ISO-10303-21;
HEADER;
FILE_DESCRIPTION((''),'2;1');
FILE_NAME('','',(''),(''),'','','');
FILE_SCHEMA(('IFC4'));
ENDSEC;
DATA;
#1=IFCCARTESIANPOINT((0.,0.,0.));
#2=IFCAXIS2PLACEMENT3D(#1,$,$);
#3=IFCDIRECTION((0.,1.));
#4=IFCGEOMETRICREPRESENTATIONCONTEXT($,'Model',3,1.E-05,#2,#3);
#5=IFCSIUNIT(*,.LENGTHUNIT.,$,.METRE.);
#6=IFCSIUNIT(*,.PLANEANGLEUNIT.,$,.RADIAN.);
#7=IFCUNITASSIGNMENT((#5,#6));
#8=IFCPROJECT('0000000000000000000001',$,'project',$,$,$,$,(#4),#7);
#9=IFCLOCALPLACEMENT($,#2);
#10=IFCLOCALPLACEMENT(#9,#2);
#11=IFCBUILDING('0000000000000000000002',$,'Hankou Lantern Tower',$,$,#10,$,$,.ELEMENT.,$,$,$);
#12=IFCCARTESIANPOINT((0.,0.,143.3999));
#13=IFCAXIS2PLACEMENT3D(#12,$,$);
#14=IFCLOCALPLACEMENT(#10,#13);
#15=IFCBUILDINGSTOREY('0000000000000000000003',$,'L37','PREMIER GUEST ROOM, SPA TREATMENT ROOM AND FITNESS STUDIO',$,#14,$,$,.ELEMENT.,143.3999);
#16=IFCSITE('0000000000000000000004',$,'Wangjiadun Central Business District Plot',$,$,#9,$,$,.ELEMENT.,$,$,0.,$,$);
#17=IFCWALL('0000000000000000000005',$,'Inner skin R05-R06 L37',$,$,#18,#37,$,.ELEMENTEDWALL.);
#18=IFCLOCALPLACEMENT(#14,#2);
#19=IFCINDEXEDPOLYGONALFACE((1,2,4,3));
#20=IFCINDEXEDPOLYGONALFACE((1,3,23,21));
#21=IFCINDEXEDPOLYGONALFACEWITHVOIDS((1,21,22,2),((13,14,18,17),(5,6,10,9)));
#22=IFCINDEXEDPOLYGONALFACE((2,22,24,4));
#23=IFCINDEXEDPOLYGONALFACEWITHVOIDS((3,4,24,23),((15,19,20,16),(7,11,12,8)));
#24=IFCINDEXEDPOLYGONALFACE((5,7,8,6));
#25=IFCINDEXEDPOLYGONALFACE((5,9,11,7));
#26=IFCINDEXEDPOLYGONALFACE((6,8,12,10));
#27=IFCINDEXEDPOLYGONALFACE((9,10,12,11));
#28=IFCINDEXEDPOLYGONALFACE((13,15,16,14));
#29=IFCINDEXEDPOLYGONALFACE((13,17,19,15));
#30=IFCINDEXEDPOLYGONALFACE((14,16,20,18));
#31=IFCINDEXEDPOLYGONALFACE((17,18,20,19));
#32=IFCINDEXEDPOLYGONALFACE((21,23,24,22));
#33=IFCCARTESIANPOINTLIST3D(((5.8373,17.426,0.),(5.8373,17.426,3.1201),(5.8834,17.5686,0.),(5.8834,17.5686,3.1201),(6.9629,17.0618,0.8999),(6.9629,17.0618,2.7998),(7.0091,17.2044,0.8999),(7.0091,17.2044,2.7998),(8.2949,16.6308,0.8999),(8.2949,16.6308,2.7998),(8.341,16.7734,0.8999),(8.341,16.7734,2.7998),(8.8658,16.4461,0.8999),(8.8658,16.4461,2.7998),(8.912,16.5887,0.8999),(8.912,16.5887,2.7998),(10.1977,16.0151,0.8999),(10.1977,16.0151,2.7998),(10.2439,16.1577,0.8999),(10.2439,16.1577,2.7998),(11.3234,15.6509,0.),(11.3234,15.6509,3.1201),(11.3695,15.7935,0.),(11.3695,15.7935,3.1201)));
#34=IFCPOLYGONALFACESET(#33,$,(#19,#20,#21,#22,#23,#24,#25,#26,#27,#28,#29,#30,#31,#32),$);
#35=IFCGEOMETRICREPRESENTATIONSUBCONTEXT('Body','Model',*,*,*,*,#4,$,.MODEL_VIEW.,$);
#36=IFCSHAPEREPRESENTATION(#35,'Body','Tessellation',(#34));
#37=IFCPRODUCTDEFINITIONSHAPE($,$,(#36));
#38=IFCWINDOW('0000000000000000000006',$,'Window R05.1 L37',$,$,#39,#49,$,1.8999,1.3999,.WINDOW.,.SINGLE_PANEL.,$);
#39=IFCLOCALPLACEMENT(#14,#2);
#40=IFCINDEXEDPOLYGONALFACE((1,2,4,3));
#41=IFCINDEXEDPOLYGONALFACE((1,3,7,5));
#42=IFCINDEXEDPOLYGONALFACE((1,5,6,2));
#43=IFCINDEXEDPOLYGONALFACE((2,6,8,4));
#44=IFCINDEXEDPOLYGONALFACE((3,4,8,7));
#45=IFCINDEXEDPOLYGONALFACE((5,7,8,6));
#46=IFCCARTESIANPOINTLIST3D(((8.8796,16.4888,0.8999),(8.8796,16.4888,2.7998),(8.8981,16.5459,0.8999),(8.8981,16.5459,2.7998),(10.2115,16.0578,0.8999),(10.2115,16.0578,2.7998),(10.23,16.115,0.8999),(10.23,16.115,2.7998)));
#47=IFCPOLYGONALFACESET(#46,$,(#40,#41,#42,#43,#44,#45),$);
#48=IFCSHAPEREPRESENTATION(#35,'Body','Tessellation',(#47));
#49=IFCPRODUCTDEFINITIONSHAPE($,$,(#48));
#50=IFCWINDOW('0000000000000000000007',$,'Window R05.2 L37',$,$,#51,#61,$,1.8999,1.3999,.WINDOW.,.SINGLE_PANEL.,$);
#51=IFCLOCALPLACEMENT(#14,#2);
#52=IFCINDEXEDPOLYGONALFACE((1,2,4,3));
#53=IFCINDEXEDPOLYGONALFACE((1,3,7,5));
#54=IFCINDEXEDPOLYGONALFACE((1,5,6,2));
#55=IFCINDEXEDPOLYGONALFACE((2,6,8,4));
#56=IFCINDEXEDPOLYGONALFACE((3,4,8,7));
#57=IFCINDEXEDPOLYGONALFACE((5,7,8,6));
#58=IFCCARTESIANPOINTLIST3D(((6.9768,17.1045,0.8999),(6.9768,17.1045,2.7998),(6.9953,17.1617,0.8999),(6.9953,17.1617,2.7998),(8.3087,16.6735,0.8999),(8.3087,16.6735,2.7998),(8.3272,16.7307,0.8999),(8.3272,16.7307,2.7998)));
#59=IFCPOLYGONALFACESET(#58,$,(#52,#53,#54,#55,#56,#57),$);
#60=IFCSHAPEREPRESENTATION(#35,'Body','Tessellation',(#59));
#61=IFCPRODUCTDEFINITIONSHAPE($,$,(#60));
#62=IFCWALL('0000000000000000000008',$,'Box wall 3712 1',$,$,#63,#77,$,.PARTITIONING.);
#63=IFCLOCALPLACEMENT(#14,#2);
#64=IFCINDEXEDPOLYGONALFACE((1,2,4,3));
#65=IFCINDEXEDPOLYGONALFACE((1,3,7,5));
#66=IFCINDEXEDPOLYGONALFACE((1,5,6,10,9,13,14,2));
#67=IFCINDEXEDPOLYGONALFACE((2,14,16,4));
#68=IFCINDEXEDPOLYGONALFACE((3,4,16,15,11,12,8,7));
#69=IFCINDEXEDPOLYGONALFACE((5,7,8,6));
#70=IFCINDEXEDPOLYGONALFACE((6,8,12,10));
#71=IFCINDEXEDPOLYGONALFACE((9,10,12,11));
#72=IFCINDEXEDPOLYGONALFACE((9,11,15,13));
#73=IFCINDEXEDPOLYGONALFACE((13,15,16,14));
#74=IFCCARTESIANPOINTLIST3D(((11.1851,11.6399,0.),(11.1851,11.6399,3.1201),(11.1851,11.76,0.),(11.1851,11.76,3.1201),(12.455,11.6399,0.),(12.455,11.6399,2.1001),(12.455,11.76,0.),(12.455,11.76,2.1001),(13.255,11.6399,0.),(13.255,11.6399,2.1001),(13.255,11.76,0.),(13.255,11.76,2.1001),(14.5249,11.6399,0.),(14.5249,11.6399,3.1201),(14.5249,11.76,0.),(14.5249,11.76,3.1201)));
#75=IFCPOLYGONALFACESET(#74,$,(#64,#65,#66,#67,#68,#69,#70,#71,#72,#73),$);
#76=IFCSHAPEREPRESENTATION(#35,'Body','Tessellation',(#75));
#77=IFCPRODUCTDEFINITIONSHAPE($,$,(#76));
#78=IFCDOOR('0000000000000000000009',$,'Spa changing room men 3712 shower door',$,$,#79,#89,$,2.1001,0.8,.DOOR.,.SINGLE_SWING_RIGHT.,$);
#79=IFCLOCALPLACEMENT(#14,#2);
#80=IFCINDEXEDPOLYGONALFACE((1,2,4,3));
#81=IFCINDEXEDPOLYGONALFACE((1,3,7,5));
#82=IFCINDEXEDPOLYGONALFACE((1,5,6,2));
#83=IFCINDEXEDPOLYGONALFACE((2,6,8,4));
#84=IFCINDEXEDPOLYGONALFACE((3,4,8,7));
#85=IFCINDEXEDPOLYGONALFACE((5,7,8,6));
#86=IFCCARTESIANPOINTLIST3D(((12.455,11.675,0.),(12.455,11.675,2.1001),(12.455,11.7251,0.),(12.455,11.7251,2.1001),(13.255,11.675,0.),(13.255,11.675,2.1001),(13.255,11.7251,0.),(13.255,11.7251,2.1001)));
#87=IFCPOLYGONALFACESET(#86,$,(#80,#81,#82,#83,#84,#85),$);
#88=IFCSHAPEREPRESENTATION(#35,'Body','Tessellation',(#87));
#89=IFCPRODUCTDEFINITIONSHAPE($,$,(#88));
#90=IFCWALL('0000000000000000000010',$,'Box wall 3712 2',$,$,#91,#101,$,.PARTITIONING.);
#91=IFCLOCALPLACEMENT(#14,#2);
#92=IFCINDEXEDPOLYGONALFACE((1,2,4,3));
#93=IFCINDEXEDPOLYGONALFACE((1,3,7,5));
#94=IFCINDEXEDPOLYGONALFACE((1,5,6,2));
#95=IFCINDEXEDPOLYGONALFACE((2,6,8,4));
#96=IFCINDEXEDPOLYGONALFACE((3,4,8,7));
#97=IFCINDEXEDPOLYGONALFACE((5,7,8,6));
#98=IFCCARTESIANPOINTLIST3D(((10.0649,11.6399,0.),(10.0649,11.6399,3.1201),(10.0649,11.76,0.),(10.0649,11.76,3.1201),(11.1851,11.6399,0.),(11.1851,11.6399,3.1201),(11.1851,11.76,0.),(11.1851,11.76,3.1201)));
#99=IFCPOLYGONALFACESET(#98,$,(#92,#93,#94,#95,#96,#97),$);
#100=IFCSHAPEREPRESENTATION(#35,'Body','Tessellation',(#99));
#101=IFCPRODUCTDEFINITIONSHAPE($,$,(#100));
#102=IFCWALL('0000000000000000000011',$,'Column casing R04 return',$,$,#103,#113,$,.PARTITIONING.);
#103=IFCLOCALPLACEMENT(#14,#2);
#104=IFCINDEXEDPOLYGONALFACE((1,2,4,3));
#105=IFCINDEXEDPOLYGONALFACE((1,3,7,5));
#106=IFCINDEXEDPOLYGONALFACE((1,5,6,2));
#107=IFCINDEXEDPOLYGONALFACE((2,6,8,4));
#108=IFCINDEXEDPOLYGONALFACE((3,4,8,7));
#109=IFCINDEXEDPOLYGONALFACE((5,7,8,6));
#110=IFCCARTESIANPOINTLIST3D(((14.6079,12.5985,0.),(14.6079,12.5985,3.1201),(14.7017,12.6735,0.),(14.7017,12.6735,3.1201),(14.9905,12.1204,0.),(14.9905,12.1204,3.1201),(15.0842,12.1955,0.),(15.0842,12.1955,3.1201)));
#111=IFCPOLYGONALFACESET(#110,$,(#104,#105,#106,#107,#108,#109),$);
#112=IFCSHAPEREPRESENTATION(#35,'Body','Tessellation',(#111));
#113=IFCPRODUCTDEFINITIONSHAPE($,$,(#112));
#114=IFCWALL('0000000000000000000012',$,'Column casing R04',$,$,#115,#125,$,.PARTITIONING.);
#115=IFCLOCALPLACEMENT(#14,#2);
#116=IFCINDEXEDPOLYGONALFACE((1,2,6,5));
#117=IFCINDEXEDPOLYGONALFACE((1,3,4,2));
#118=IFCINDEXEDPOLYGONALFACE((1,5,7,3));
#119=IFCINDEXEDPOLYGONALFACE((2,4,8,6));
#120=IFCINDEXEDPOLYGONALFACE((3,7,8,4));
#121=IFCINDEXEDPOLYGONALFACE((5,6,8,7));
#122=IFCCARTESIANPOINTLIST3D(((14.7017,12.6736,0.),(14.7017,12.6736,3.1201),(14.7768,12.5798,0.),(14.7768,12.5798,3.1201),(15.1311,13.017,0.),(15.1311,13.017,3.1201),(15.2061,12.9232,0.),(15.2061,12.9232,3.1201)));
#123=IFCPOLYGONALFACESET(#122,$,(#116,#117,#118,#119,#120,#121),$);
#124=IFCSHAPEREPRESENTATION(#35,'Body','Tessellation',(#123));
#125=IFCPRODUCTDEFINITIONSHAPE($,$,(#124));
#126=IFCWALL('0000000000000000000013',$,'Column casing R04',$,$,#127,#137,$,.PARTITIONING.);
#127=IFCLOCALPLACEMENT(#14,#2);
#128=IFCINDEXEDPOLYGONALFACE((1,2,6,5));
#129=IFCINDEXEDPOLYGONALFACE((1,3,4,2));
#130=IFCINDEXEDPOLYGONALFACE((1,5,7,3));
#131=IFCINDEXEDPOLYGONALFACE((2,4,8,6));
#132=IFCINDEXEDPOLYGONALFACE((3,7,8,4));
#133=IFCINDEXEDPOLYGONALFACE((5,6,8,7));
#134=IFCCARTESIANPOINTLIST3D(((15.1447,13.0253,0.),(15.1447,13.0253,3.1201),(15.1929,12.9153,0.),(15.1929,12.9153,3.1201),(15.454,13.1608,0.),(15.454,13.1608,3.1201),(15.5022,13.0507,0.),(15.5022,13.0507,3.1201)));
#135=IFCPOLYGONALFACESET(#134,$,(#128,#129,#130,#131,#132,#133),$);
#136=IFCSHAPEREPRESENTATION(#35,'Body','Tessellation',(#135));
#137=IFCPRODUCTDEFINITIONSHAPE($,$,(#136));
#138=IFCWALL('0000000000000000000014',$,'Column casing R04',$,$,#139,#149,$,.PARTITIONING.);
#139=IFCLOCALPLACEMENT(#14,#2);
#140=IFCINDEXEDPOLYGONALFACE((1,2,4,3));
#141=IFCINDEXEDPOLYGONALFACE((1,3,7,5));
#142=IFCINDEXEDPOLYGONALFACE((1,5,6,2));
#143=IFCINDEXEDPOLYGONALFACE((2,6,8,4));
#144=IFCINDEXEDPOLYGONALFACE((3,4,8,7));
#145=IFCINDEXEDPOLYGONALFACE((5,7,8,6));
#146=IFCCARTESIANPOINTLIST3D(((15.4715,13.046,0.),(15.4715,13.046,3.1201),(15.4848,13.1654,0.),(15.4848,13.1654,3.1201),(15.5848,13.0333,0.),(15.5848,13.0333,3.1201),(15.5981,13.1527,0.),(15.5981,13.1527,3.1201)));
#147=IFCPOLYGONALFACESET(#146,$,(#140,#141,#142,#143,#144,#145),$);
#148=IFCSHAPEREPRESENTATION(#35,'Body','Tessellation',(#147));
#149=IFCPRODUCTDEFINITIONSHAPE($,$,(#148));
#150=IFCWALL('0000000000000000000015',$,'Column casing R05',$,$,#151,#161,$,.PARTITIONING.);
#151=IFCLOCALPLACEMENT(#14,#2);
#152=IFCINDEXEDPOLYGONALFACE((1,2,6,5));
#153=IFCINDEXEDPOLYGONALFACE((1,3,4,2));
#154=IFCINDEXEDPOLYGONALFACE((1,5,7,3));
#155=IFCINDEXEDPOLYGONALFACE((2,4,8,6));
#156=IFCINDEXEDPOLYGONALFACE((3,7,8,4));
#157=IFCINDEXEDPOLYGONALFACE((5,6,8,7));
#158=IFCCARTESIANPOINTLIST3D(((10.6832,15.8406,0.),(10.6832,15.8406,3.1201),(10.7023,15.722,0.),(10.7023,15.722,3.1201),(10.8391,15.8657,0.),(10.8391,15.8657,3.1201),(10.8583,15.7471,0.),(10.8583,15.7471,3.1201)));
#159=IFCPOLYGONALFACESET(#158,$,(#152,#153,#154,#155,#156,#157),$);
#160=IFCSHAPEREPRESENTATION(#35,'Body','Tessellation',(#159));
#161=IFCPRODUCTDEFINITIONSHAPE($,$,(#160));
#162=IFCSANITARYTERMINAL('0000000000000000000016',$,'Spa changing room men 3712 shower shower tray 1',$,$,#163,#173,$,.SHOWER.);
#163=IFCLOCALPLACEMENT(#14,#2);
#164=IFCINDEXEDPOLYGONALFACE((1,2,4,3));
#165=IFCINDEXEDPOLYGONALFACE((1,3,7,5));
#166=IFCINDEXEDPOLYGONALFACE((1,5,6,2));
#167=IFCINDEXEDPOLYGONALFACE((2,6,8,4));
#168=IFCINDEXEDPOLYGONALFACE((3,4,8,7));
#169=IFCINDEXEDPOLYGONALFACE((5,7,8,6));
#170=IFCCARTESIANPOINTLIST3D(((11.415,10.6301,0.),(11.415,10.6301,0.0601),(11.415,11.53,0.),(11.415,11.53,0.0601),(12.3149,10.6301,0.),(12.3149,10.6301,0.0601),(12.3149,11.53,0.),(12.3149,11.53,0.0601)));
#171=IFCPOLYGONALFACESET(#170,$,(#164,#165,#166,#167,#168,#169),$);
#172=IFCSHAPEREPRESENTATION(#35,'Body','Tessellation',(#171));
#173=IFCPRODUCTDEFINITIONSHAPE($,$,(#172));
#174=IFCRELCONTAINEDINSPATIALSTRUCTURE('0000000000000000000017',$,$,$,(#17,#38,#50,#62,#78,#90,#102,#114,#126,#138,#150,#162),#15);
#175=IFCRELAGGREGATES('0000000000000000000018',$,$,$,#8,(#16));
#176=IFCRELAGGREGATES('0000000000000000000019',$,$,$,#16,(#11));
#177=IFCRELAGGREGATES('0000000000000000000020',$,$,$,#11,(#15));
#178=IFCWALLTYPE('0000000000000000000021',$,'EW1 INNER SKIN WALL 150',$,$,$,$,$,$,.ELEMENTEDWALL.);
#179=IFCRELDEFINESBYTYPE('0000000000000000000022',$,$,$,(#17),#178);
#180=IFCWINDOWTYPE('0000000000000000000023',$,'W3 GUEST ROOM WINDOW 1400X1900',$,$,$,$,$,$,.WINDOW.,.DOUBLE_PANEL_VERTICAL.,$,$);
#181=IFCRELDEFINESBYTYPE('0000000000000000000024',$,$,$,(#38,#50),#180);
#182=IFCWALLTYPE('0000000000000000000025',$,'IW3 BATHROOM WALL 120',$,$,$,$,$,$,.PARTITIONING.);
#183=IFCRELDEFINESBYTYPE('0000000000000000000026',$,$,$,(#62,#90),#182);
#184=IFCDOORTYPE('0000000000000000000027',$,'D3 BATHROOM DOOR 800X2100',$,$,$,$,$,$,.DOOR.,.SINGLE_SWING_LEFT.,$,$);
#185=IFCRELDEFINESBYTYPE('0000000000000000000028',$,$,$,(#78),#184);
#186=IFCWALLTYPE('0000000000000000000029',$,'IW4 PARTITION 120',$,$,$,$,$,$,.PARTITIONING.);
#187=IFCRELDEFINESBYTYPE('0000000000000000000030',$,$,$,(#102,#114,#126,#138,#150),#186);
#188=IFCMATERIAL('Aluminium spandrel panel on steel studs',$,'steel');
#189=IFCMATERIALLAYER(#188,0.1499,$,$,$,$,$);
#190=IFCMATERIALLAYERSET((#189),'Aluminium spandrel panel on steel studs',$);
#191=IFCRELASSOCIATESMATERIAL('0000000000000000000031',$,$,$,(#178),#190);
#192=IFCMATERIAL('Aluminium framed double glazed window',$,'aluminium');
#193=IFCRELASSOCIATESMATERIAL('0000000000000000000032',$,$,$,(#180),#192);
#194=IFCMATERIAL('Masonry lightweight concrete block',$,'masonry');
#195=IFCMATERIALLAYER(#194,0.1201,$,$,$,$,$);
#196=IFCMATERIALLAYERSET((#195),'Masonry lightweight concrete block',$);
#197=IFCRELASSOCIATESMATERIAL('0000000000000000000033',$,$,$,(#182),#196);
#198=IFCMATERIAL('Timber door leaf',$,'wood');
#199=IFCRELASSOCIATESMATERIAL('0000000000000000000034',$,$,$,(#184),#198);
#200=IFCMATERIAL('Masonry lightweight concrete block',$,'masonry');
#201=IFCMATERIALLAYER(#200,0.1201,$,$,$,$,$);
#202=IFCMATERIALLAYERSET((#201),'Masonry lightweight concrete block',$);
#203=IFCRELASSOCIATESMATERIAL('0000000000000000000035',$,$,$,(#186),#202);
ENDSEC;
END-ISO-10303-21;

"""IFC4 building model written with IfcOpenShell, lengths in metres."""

from ifc_helpers import new_model, si_unit, direction, frame, frame_2d, origin, origin_2d, place, context, subcontext, project, spatial, rectangle, extrude, material, layer, layer_set, type_object, element, fill, save


model = new_model("IFC4")

# Units and contexts
model_context = context("Model", 3, precision=1e-05, world=origin(), true_north=direction((0.0, 1.0)))
body_context = subcontext(model_context, "Body", "Model", "MODEL_VIEW")
ifc_project = project(units=[si_unit("LENGTHUNIT", "METRE"), si_unit("PLANEANGLEUNIT", "RADIAN")], contexts=[model_context])

# Site, building, storey
site_placement = place(None, origin())
site = spatial("IfcSite", under=ifc_project, at=site_placement, Name="Wangjiadun Central Business District Plot", CompositionType="ELEMENT", RefElevation=0.0)
building_placement = place(site_placement, origin())
building = spatial("IfcBuilding", under=site, at=building_placement, Name="Hankou Lantern Tower", CompositionType="ELEMENT")
storey_placement = place(building_placement, frame((0.0, 0.0, 143.3999)))
storey = spatial("IfcBuildingStorey", under=building, at=storey_placement, Name="L37", Description="PREMIER GUEST ROOM, SPA TREATMENT ROOM AND FITNESS STUDIO", CompositionType="ELEMENT", Elevation=143.3999)

# Wall, openings, windows
ifc_material_1 = material(Name="Aluminium spandrel panel on steel studs", Category="steel")
ifc_layer_1 = layer(ifc_material_1, 0.1499)
ifc_layer_set_1 = layer_set([ifc_layer_1], Name="Aluminium spandrel panel on steel studs")
wall_type_1 = type_object("IfcWallType", Name="EW1 INNER SKIN WALL 150", PredefinedType="ELEMENTEDWALL", material=ifc_layer_set_1)
ifc_material_2 = material(Name="Aluminium framed double glazed window", Category="aluminium")
window_type = type_object("IfcWindowType", Name="W3 GUEST ROOM WINDOW 1400X1900", PartitioningType="DOUBLE_PANEL_VERTICAL", PredefinedType="WINDOW", material=ifc_material_2)
wall_1_placement = place(storey_placement, frame((11.3464, 15.7222, 0.0), z_axis=(0.0, 0.0, 1.0), x_axis=(-0.951432, 0.307857, 0.0)))
wall_1 = element("IfcWall", 1, at=wall_1_placement, inside=storey, type_object=wall_type_1, Name="Inner skin R05-R06 L37", PredefinedType="ELEMENTEDWALL", context=body_context, shape_type="SweptSolid", body=[
    extrude(rectangle(XDim=5.7661, YDim=0.1499, at=frame_2d((2.8831, 0.0))), origin(), (0.0, 0.0, 1.0), 3.1201),
])
opening_1_placement = place(wall_1_placement, frame((1.1831, 0.0, 0.8999)))
opening_1 = element("IfcOpeningElement", 2, at=opening_1_placement, cuts=wall_1, PredefinedType="OPENING", context=body_context, shape_type="SweptSolid", body=[
    extrude(rectangle(XDim=1.3999, YDim=1.8999, at=frame_2d((0.7, 0.95))), frame((0.0, 0.085, 0.0), z_axis=(0.0, -1.0, 0.0), x_axis=(1.0, 0.0, 0.0)), (0.0, 0.0, 1.0), 0.1699),
])
opening_2_placement = place(wall_1_placement, frame((3.1831, 0.0, 0.8999)))
opening_2 = element("IfcOpeningElement", 3, at=opening_2_placement, cuts=wall_1, PredefinedType="OPENING", context=body_context, shape_type="SweptSolid", body=[
    extrude(rectangle(XDim=1.3999, YDim=1.8999, at=frame_2d((0.7, 0.95))), frame((0.0, 0.085, 0.0), z_axis=(0.0, -1.0, 0.0), x_axis=(1.0, 0.0, 0.0)), (0.0, 0.0, 1.0), 0.1699),
])
window_1_placement = place(opening_1_placement, origin())
window_1 = element("IfcWindow", 4, at=window_1_placement, inside=storey, type_object=window_type, Name="Window R05.1 L37", OverallHeight=1.8999, OverallWidth=1.3999, PartitioningType="SINGLE_PANEL", PredefinedType="WINDOW", context=body_context, shape_type="SweptSolid", body=[
    extrude(rectangle(XDim=1.3999, YDim=1.8999, at=frame_2d((0.7, 0.95))), frame((0.0, 0.03, 0.0), z_axis=(0.0, -1.0, 0.0), x_axis=(1.0, 0.0, 0.0)), (0.0, 0.0, 1.0), 0.0601),
])
fill(opening_1, window_1)
window_2_placement = place(opening_2_placement, origin())
window_2 = element("IfcWindow", 5, at=window_2_placement, inside=storey, type_object=window_type, Name="Window R05.2 L37", OverallHeight=1.8999, OverallWidth=1.3999, PartitioningType="SINGLE_PANEL", PredefinedType="WINDOW", context=body_context, shape_type="SweptSolid", body=[
    extrude(rectangle(XDim=1.3999, YDim=1.8999, at=frame_2d((0.7, 0.95))), frame((0.0, 0.03, 0.0), z_axis=(0.0, -1.0, 0.0), x_axis=(1.0, 0.0, 0.0)), (0.0, 0.0, 1.0), 0.0601),
])
fill(opening_2, window_2)

# Wall, opening, door
ifc_material_3 = material(Name="Masonry lightweight concrete block", Category="masonry")
ifc_layer_2 = layer(ifc_material_3, 0.1201)
ifc_layer_set_2 = layer_set([ifc_layer_2], Name="Masonry lightweight concrete block")
wall_type_2 = type_object("IfcWallType", Name="IW3 BATHROOM WALL 120", PredefinedType="PARTITIONING", material=ifc_layer_set_2)
wall_2_placement = place(storey_placement, frame((14.5249, 11.7, 0.0), z_axis=(0.0, 0.0, 1.0), x_axis=(-1.0, 0.0, 0.0)))
wall_2 = element("IfcWall", 6, at=wall_2_placement, inside=storey, type_object=wall_type_2, Name="Box wall 3712 1", PredefinedType="PARTITIONING", context=body_context, shape_type="SweptSolid", body=[
    extrude(rectangle(XDim=3.3398, YDim=0.1201, at=frame_2d((1.6699, 0.0))), origin(), (0.0, 0.0, 1.0), 3.1201),
])
opening_3_placement = place(wall_2_placement, frame((1.27, 0.0, 0.0)))
opening_3 = element("IfcOpeningElement", 7, at=opening_3_placement, cuts=wall_2, PredefinedType="OPENING", context=body_context, shape_type="SweptSolid", body=[
    extrude(rectangle(XDim=0.8, YDim=2.1001, at=frame_2d((0.3999, 1.05))), frame((0.0, 0.0701, 0.0), z_axis=(0.0, -1.0, 0.0), x_axis=(1.0, 0.0, 0.0)), (0.0, 0.0, 1.0), 0.1401),
])
ifc_material_4 = material(Name="Timber door leaf", Category="wood")
door_type = type_object("IfcDoorType", Name="D3 BATHROOM DOOR 800X2100", OperationType="SINGLE_SWING_LEFT", PredefinedType="DOOR", material=ifc_material_4)
door_placement = place(opening_3_placement, origin())
door = element("IfcDoor", 8, at=door_placement, inside=storey, type_object=door_type, Name="Spa changing room men 3712 shower door", OperationType="SINGLE_SWING_RIGHT", OverallHeight=2.1001, OverallWidth=0.8, PredefinedType="DOOR", context=body_context, shape_type="SweptSolid", body=[
    extrude(rectangle(XDim=0.8, YDim=2.1001, at=frame_2d((0.3999, 1.05))), frame((0.0, 0.0249, 0.0), z_axis=(0.0, -1.0, 0.0), x_axis=(1.0, 0.0, 0.0)), (0.0, 0.0, 1.0), 0.05),
])
fill(opening_3, door)

# Walls
wall_3_placement = place(storey_placement, frame((11.1851, 11.7, 0.0), z_axis=(0.0, 0.0, 1.0), x_axis=(-1.0, 0.0, 0.0)))
element("IfcWall", 9, at=wall_3_placement, inside=storey, type_object=wall_type_2, Name="Box wall 3712 2", PredefinedType="PARTITIONING", context=body_context, shape_type="SweptSolid", body=[
    extrude(rectangle(XDim=1.1201, YDim=0.1201, at=frame_2d((0.5601, 0.0))), origin(), (0.0, 0.0, 1.0), 3.1201),
])
ifc_material_5 = material(Name="Masonry lightweight concrete block", Category="masonry")
ifc_layer_3 = layer(ifc_material_5, 0.1201)
ifc_layer_set_3 = layer_set([ifc_layer_3], Name="Masonry lightweight concrete block")
wall_type_3 = type_object("IfcWallType", Name="IW4 PARTITION 120", PredefinedType="PARTITIONING", material=ifc_layer_set_3)
wall_4_placement = place(storey_placement, frame((15.0374, 12.158, 0.0), z_axis=(0.0, 0.0, 1.0), x_axis=(-0.624841, 0.780752, 0.0)))
element("IfcWall", 10, at=wall_4_placement, inside=storey, type_object=wall_type_3, Name="Column casing R04 return", PredefinedType="PARTITIONING", context=body_context, shape_type="SweptSolid", body=[
    extrude(rectangle(XDim=0.6123, YDim=0.1201, at=frame_2d((0.3062, 0.0))), origin(), (0.0, 0.0, 1.0), 3.1201),
])
wall_5_placement = place(storey_placement, frame((14.7393, 12.6267, 0.0), z_axis=(0.0, 0.0, 1.0), x_axis=(0.780912, 0.624641, 0.0)))
element("IfcWall", 11, at=wall_5_placement, inside=storey, type_object=wall_type_3, Name="Column casing R04", PredefinedType="PARTITIONING", context=body_context, shape_type="SweptSolid", body=[
    extrude(rectangle(XDim=0.5498, YDim=0.1201, at=frame_2d((0.2749, 0.0))), origin(), (0.0, 0.0, 1.0), 3.1201),
])
wall_6_placement = place(storey_placement, frame((15.1687, 12.9702, 0.0), z_axis=(0.0, 0.0, 1.0), x_axis=(0.915975, 0.401236, 0.0)))
element("IfcWall", 12, at=wall_6_placement, inside=storey, type_object=wall_type_3, Name="Column casing R04", PredefinedType="PARTITIONING", context=body_context, shape_type="SweptSolid", body=[
    extrude(rectangle(XDim=0.3376, YDim=0.1201, at=frame_2d((0.1689, 0.0))), origin(), (0.0, 0.0, 1.0), 3.1201),
])
wall_7_placement = place(storey_placement, frame((15.478, 13.1057, 0.0), z_axis=(0.0, 0.0, 1.0), x_axis=(0.993779, -0.111372, 0.0)))
element("IfcWall", 13, at=wall_7_placement, inside=storey, type_object=wall_type_3, Name="Column casing R04", PredefinedType="PARTITIONING", context=body_context, shape_type="SweptSolid", body=[
    extrude(rectangle(XDim=0.114, YDim=0.1201, at=frame_2d((0.0571, 0.0))), origin(), (0.0, 0.0, 1.0), 3.1201),
])
wall_8_placement = place(storey_placement, frame((10.6926, 15.7812, 0.0), z_axis=(0.0, 0.0, 1.0), x_axis=(0.987257, 0.159135, 0.0)))
element("IfcWall", 14, at=wall_8_placement, inside=storey, type_object=wall_type_3, Name="Column casing R05", PredefinedType="PARTITIONING", context=body_context, shape_type="SweptSolid", body=[
    extrude(rectangle(XDim=0.158, YDim=0.1201, at=frame_2d((0.0791, 0.0))), origin(), (0.0, 0.0, 1.0), 3.1201),
])

# Sanitary terminal
sanitary_terminal_1_placement = place(storey_placement, frame((11.865, 11.0801, 0.0), z_axis=(0.0, 0.0, 1.0), x_axis=(1.0, 0.0, 0.0)))
element("IfcSanitaryTerminal", 15, at=sanitary_terminal_1_placement, inside=storey, Name="Spa changing room men 3712 shower shower tray 1", PredefinedType="SHOWER", context=body_context, shape_type="SweptSolid", body=[
    extrude(rectangle(XDim=0.8999, YDim=0.8999, at=origin_2d()), origin(), (0.0, 0.0, 1.0), 0.0601),
])

save(model, "model.ifc")
